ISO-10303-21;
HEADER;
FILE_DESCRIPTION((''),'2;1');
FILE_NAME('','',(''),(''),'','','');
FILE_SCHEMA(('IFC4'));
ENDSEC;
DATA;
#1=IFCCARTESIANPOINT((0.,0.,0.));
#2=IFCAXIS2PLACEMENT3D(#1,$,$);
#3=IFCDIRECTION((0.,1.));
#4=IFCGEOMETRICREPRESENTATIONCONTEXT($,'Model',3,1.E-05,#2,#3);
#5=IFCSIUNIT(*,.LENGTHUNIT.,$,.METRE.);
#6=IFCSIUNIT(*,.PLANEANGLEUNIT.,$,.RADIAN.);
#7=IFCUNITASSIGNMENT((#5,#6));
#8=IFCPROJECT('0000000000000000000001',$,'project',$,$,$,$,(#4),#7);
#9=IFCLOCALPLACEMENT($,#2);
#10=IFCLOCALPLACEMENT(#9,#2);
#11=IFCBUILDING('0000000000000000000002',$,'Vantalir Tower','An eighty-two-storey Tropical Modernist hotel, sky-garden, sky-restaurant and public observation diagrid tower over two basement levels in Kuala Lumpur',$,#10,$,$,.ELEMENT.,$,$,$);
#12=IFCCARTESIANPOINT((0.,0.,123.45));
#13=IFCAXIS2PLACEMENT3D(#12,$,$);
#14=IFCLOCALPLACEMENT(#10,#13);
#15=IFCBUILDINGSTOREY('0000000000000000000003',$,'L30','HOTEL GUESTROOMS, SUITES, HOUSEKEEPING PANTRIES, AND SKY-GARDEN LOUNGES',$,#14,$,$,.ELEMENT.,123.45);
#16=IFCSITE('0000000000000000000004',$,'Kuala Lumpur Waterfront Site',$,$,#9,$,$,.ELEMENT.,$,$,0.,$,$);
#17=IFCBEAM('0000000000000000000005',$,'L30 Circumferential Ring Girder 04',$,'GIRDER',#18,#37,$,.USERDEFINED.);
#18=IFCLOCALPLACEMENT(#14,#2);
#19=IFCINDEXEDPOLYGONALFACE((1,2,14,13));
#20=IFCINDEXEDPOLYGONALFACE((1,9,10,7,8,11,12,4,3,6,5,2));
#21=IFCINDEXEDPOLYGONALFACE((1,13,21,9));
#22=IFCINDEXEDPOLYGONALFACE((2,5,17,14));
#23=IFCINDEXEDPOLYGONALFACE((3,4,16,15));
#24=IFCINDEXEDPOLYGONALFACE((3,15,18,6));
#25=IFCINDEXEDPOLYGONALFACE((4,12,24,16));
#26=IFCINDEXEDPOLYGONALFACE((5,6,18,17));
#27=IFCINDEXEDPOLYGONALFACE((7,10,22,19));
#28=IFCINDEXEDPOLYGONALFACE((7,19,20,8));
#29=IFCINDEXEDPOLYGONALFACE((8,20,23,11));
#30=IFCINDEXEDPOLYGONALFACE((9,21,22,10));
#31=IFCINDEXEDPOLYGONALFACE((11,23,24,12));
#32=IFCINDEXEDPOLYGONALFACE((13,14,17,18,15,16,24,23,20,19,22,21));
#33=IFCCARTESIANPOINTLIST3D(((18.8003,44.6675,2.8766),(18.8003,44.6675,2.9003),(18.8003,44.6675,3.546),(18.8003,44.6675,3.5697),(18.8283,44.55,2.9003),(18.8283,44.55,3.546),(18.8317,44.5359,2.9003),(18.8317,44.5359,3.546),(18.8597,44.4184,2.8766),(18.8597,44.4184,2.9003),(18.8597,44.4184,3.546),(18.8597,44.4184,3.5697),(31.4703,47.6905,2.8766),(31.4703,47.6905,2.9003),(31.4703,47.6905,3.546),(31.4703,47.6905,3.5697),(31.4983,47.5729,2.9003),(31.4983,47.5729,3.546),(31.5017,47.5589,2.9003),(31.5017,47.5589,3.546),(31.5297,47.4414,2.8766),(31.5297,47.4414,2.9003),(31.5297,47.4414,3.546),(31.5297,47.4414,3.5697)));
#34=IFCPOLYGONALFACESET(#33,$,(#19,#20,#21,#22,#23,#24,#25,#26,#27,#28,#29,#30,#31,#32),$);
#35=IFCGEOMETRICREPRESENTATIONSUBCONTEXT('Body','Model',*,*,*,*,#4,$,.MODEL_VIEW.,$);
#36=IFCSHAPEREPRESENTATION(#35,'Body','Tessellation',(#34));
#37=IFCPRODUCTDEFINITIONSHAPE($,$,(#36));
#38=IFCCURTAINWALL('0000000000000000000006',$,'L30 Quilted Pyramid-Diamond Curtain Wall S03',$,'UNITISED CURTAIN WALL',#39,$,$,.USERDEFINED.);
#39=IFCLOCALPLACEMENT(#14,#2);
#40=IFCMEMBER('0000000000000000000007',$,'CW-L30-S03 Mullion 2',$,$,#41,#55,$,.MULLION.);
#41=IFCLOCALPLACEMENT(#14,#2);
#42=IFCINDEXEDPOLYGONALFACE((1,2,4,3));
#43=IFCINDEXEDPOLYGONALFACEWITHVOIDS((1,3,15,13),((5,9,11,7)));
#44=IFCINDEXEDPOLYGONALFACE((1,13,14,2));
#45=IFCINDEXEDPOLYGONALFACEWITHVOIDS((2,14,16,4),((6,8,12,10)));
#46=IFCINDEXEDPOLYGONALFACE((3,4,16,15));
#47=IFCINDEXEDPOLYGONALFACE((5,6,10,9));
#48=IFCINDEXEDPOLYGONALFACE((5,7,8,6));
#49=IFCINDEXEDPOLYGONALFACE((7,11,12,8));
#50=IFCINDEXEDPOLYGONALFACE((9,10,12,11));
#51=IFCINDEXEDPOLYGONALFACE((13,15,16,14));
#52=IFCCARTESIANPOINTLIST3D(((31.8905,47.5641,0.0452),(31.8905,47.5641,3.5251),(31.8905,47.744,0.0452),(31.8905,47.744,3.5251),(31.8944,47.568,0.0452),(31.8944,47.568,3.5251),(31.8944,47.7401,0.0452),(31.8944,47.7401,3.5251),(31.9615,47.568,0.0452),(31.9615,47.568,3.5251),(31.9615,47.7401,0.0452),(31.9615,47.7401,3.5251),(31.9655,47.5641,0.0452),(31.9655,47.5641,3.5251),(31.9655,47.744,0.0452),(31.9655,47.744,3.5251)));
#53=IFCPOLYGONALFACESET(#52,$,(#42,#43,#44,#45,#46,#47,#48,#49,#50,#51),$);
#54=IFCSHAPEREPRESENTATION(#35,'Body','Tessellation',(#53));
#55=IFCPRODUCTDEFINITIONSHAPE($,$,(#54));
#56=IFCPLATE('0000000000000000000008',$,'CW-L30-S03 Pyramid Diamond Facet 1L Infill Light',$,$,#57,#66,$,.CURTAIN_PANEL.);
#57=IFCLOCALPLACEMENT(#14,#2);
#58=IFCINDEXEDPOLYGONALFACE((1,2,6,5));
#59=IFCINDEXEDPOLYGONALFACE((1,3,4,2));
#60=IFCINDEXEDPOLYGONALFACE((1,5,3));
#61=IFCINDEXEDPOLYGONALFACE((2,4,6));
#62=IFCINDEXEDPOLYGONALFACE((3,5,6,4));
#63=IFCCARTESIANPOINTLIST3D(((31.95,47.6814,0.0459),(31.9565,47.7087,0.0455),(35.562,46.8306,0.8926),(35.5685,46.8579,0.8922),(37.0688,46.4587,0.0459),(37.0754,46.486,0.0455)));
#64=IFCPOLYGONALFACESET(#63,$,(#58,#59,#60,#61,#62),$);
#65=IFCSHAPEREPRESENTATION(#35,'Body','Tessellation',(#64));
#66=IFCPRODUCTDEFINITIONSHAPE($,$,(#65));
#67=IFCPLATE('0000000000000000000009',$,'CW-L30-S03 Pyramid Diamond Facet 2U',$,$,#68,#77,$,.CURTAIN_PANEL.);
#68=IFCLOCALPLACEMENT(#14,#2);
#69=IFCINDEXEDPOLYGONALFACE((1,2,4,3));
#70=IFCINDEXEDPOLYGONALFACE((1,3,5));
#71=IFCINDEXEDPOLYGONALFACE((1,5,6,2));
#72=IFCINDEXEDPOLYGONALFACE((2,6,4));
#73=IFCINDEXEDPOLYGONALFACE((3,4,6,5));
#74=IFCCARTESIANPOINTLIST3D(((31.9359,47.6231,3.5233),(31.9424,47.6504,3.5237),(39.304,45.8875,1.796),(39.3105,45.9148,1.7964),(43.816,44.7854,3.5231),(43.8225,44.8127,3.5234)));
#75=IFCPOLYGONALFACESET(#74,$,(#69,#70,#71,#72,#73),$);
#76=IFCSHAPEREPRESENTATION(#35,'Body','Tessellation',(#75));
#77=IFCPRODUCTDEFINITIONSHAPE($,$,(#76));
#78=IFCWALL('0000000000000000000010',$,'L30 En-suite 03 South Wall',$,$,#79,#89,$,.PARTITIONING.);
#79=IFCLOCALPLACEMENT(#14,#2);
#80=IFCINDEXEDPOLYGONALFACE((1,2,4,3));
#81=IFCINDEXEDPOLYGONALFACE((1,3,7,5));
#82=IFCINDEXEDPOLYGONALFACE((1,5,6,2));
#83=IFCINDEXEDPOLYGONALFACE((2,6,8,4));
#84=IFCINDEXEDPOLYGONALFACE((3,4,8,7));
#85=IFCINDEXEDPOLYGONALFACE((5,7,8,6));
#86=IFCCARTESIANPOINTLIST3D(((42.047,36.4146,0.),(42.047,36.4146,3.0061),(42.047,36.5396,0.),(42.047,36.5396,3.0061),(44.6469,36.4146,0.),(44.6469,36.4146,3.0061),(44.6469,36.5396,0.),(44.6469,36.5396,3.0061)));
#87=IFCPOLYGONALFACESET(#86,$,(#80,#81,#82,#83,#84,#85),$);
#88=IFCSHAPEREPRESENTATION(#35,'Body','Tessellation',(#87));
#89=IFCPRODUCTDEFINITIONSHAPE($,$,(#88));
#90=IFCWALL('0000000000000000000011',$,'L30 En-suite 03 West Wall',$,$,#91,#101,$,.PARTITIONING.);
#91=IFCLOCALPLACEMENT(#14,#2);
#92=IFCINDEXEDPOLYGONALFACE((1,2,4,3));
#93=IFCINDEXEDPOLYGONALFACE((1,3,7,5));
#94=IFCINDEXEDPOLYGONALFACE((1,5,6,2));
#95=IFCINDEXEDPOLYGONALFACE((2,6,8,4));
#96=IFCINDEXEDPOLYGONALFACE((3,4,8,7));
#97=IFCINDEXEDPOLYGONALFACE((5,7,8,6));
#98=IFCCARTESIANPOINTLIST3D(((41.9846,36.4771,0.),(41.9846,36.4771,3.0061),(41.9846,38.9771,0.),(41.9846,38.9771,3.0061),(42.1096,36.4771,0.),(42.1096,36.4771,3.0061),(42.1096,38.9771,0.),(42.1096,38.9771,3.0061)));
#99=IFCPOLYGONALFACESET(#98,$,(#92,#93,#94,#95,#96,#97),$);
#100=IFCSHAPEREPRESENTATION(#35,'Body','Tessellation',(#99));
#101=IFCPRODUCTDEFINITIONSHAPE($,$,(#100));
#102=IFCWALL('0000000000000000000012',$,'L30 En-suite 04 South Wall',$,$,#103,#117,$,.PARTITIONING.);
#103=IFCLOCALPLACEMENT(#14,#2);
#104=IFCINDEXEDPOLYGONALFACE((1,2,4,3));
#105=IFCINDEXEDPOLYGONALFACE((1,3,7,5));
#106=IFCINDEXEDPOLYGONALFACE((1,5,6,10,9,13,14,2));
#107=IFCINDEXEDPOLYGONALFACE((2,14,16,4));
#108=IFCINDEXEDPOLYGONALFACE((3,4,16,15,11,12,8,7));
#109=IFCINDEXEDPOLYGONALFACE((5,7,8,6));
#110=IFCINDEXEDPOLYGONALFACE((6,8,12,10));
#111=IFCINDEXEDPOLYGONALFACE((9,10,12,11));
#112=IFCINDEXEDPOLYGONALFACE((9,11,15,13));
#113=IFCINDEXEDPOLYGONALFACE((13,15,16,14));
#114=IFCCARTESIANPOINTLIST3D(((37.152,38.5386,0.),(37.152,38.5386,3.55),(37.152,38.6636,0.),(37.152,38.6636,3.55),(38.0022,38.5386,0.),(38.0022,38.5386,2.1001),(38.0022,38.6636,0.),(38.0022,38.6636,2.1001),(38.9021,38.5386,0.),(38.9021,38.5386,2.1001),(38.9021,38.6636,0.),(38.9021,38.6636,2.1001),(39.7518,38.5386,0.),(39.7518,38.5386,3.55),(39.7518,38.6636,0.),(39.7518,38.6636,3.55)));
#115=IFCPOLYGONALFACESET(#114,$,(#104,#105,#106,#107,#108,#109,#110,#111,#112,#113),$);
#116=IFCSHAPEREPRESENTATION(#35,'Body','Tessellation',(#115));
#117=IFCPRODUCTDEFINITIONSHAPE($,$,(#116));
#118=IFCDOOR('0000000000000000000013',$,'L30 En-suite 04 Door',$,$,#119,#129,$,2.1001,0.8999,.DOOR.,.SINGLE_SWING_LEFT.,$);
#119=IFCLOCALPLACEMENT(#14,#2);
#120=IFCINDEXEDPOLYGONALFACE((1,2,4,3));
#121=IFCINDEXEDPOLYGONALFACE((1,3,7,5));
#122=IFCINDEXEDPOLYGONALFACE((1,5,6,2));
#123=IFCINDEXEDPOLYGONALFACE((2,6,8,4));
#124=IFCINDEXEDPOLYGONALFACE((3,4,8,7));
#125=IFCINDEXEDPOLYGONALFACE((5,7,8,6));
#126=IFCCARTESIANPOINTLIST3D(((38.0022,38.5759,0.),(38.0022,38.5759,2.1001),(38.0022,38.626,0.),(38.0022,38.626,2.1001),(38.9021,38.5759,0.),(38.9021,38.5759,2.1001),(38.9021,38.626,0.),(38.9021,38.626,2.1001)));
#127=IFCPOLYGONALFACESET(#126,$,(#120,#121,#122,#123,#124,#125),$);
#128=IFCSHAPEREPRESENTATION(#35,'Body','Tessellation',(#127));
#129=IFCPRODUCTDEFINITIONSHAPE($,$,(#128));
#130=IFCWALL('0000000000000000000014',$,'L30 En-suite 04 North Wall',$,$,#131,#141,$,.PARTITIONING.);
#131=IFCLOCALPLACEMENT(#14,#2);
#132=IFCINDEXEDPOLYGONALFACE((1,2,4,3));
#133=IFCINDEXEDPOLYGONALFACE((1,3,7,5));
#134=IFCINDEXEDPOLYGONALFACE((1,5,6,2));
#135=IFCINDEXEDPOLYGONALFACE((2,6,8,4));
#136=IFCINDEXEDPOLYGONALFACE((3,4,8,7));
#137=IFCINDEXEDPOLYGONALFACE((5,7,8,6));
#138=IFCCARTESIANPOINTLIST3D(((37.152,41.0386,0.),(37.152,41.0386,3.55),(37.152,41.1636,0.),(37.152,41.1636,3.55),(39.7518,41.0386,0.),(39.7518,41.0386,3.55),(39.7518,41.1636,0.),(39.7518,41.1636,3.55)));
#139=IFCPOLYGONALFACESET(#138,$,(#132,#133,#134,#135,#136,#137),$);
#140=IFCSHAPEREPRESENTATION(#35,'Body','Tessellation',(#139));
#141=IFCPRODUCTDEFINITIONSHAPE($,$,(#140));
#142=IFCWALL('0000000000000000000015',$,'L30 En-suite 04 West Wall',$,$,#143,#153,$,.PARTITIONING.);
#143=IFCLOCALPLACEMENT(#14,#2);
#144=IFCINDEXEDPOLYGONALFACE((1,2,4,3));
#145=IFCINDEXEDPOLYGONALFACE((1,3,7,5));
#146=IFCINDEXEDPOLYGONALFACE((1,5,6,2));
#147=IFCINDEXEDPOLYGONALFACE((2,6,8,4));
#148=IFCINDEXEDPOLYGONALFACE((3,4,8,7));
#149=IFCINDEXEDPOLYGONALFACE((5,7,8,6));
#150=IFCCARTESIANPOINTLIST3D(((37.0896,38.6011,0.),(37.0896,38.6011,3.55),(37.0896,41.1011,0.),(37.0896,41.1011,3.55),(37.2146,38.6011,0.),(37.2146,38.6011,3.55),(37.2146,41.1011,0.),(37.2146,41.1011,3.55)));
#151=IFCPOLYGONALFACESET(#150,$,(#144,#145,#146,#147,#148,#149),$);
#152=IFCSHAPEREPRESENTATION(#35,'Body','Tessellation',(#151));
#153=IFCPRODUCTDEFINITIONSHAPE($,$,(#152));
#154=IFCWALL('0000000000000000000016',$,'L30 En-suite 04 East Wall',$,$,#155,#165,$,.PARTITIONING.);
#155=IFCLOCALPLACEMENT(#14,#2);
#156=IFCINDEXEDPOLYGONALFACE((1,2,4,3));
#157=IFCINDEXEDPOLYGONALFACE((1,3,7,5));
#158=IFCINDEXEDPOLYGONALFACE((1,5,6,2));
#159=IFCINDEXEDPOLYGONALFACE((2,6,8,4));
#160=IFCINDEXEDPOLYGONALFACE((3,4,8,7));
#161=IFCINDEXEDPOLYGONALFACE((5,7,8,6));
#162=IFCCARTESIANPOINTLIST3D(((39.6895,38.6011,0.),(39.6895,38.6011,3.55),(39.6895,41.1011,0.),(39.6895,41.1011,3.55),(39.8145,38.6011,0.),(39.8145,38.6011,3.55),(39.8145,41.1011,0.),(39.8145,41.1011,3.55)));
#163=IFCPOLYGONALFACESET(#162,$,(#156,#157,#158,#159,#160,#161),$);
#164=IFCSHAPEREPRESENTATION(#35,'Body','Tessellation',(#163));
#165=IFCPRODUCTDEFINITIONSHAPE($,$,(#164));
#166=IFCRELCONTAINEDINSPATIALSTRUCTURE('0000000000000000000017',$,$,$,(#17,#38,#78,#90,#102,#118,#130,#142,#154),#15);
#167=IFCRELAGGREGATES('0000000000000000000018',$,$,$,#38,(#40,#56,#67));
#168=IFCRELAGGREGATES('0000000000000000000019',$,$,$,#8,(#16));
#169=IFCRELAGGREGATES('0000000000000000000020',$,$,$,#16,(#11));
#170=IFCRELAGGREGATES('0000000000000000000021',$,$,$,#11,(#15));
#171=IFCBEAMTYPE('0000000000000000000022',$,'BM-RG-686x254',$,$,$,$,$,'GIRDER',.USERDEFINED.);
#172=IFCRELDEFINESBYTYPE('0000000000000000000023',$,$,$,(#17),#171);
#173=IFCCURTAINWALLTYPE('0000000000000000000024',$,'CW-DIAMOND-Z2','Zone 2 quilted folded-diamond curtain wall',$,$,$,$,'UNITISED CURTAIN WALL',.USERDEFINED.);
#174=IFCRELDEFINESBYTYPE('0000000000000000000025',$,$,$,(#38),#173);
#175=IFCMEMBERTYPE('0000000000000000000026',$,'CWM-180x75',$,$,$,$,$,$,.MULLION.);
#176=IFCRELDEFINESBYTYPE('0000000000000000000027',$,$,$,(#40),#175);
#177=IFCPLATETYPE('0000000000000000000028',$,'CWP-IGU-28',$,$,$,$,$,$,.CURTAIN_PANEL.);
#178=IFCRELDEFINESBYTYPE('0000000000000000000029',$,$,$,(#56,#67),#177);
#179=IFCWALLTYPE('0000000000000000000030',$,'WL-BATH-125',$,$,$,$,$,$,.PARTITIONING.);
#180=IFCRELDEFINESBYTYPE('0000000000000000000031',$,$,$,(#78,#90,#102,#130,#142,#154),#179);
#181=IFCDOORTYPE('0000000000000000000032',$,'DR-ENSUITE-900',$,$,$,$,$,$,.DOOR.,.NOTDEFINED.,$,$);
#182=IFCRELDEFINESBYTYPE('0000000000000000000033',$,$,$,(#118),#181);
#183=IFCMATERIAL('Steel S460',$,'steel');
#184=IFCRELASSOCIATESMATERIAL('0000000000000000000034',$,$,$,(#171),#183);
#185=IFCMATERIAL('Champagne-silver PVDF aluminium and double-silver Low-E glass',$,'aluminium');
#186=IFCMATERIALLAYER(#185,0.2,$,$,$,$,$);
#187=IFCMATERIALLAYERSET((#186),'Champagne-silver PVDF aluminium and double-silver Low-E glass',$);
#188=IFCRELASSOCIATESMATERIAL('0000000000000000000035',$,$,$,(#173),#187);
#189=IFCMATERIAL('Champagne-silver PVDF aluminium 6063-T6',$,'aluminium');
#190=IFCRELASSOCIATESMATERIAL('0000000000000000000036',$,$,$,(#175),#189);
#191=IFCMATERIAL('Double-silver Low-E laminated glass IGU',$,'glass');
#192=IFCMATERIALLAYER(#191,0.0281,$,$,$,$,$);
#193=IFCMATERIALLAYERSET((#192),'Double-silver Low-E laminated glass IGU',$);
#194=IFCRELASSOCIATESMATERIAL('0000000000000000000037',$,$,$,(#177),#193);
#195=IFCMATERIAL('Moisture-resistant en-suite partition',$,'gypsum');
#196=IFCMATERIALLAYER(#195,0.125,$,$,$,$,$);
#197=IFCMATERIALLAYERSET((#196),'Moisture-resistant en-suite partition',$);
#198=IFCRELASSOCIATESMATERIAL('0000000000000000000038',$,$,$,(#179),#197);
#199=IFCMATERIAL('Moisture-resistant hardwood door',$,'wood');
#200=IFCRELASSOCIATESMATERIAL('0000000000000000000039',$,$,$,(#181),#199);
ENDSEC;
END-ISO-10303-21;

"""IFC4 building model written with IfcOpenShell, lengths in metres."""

from ifc_helpers import new_model, si_unit, direction, frame, frame_2d, origin, origin_2d, place, context, subcontext, project, spatial, polyline, rectangle, hollow_rectangle, i_section, outline, extrude, material, layer, layer_set, material_profile, profile_set, type_object, element, fill, aggregate, save


model = new_model("IFC4")

# Units and contexts
model_context = context("Model", 3, precision=1e-05, world=origin(), true_north=direction((0.0, 1.0)))
body_context = subcontext(model_context, "Body", "Model", "MODEL_VIEW")
ifc_project = project(units=[si_unit("LENGTHUNIT", "METRE"), si_unit("PLANEANGLEUNIT", "RADIAN")], contexts=[model_context])

# Site, building, storey
site_placement = place(None, origin())
site = spatial("IfcSite", under=ifc_project, at=site_placement, Name="Kuala Lumpur Waterfront Site", CompositionType="ELEMENT", RefElevation=0.0)
building_placement = place(site_placement, origin())
building = spatial("IfcBuilding", under=site, at=building_placement, Name="Vantalir Tower", Description="An eighty-two-storey Tropical Modernist hotel, sky-garden, sky-restaurant and public observation diagrid tower over two basement levels in Kuala Lumpur", CompositionType="ELEMENT")
storey_placement = place(building_placement, frame((0.0, 0.0, 123.45)))
storey = spatial("IfcBuildingStorey", under=building, at=storey_placement, Name="L30", Description="HOTEL GUESTROOMS, SUITES, HOUSEKEEPING PANTRIES, AND SKY-GARDEN LOUNGES", CompositionType="ELEMENT", Elevation=123.45)

# Shared definitions
ifc_material_1 = material(Name="Steel S460", Category="steel")

# Beam
ifc_material_profile_1 = material_profile(ifc_material_1, i_section(OverallWidth=0.2561, OverallDepth=0.6931, WebThickness=0.0144, FlangeThickness=0.0237, at=origin_2d()), Name="Steel S460")
ifc_profile_set_1 = profile_set([ifc_material_profile_1], Name="Steel S460")
beam_type_1 = type_object("IfcBeamType", Name="BM-RG-686x254", ElementType="GIRDER", PredefinedType="USERDEFINED", material=ifc_profile_set_1)
beam_1_placement = place(storey_placement, frame((31.5, 47.5659, 3.2231), z_axis=(-0.972697, -0.232078, 0.0), x_axis=(0.232078, -0.972697, 0.0)))
element("IfcBeam", 1, at=beam_1_placement, inside=storey, type_object=beam_type_1, Name="L30 Circumferential Ring Girder 04", ObjectType="GIRDER", PredefinedType="USERDEFINED", context=body_context, shape_type="SweptSolid", body=[
    extrude(i_section(OverallWidth=0.2561, OverallDepth=0.6931, WebThickness=0.0144, FlangeThickness=0.0237, at=origin_2d()), origin(), (0.0, 0.0, 1.0), 13.0256),
])

# Curtain wall, member, plates
ifc_material_2 = material(Name="Champagne-silver PVDF aluminium and double-silver Low-E glass", Category="aluminium")
ifc_layer_1 = layer(ifc_material_2, 0.2)
ifc_layer_set_1 = layer_set([ifc_layer_1], Name="Champagne-silver PVDF aluminium and double-silver Low-E glass")
curtain_wall_type = type_object("IfcCurtainWallType", Name="CW-DIAMOND-Z2", Description="Zone 2 quilted folded-diamond curtain wall", ElementType="UNITISED CURTAIN WALL", PredefinedType="USERDEFINED", material=ifc_layer_set_1)
curtain_wall_placement = place(storey_placement, origin())
curtain_wall = element("IfcCurtainWall", 2, at=curtain_wall_placement, inside=storey, type_object=curtain_wall_type, Name="L30 Quilted Pyramid-Diamond Curtain Wall S03", ObjectType="UNITISED CURTAIN WALL", PredefinedType="USERDEFINED")
ifc_material_3 = material(Name="Champagne-silver PVDF aluminium 6063-T6", Category="aluminium")
ifc_material_profile_2 = material_profile(ifc_material_3, hollow_rectangle(XDim=0.075, YDim=0.1799, WallThickness=0.0039, at=origin_2d()), Name="Champagne-silver PVDF aluminium 6063-T6")
ifc_profile_set_2 = profile_set([ifc_material_profile_2], Name="Champagne-silver PVDF aluminium 6063-T6")
member_type = type_object("IfcMemberType", Name="CWM-180x75", PredefinedType="MULLION", material=ifc_profile_set_2)
member_placement = place(storey_placement, frame((31.928, 47.6541, 0.0452), z_axis=(0.0, 0.0, 1.0), x_axis=(1.0, 0.0, 0.0)))
member = element("IfcMember", 3, at=member_placement, type_object=member_type, Name="CW-L30-S03 Mullion 2", PredefinedType="MULLION", context=body_context, shape_type="SweptSolid", body=[
    extrude(hollow_rectangle(XDim=0.075, YDim=0.1799, WallThickness=0.0039, at=origin_2d()), origin(), (0.0, 0.0, 1.0), 3.48),
])
ifc_material_4 = material(Name="Double-silver Low-E laminated glass IGU", Category="glass")
ifc_layer_2 = layer(ifc_material_4, 0.0281)
ifc_layer_set_2 = layer_set([ifc_layer_2], Name="Double-silver Low-E laminated glass IGU")
plate_type = type_object("IfcPlateType", Name="CWP-IGU-28", PredefinedType="CURTAIN_PANEL", material=ifc_layer_set_2)
plate_1_placement = place(storey_placement, frame((37.0688, 46.4587, 0.0459), z_axis=(-0.232295, -0.972549, 0.013688), x_axis=(-0.97264, 0.232317, 0.0)))
plate_1 = element("IfcPlate", 4, at=plate_1_placement, type_object=plate_type, Name="CW-L30-S03 Pyramid Diamond Facet 1L Infill Light", PredefinedType="CURTAIN_PANEL", context=body_context, shape_type="SweptSolid", body=[
    extrude(outline(polyline([(0.0, 0.0), (5.2629, 0.0), (1.552, -0.8468), (0.0, 0.0)])), origin(), (0.0, 0.0, -1.0), 0.0281),
])
plate_2_placement = place(storey_placement, frame((31.9424, 47.6504, 3.5237), z_axis=(0.2323, 0.972548, 0.013705), x_axis=(0.972639, -0.232321, -0.00002)))
plate_2 = element("IfcPlate", 5, at=plate_2_placement, type_object=plate_type, Name="CW-L30-S03 Pyramid Diamond Facet 2U", PredefinedType="CURTAIN_PANEL", context=body_context, shape_type="SweptSolid", body=[
    extrude(outline(polyline([(0.0, 0.0), (12.2143, 0.0), (7.5698, 1.7273), (0.0, 0.0)])), origin(), (0.0, 0.0, -1.0), 0.0281),
])
aggregate(curtain_wall, [member, plate_1, plate_2])

# Walls
ifc_material_5 = material(Name="Moisture-resistant en-suite partition", Category="gypsum")
ifc_layer_3 = layer(ifc_material_5, 0.125)
ifc_layer_set_3 = layer_set([ifc_layer_3], Name="Moisture-resistant en-suite partition")
wall_type_1 = type_object("IfcWallType", Name="WL-BATH-125", PredefinedType="PARTITIONING", material=ifc_layer_set_3)
wall_1_placement = place(storey_placement, frame((42.0471, 36.4771, 0.0), z_axis=(0.0, 0.0, 1.0), x_axis=(1.0, 0.0, 0.0)))
element("IfcWall", 6, at=wall_1_placement, inside=storey, type_object=wall_type_1, Name="L30 En-suite 03 South Wall", PredefinedType="PARTITIONING", context=body_context, shape_type="SweptSolid", body=[
    extrude(rectangle(XDim=2.5999, YDim=0.125, at=frame_2d((1.2998, 0.0))), origin(), (0.0, 0.0, 1.0), 3.0061),
])
wall_2_placement = place(storey_placement, frame((42.0471, 36.4771, 0.0), z_axis=(0.0, 0.0, 1.0), x_axis=(0.0, 1.0, 0.0)))
element("IfcWall", 7, at=wall_2_placement, inside=storey, type_object=wall_type_1, Name="L30 En-suite 03 West Wall", PredefinedType="PARTITIONING", context=body_context, shape_type="SweptSolid", body=[
    extrude(rectangle(XDim=2.5, YDim=0.125, at=frame_2d((1.25, 0.0))), origin(), (0.0, 0.0, 1.0), 3.0061),
])

# Wall, opening, door
wall_3_placement = place(storey_placement, frame((37.1521, 38.6011, 0.0), z_axis=(0.0, 0.0, 1.0), x_axis=(1.0, 0.0, 0.0)))
wall_3 = element("IfcWall", 8, at=wall_3_placement, inside=storey, type_object=wall_type_1, Name="L30 En-suite 04 South Wall", PredefinedType="PARTITIONING", context=body_context, shape_type="SweptSolid", body=[
    extrude(rectangle(XDim=2.5999, YDim=0.125, at=frame_2d((1.2998, 0.0))), origin(), (0.0, 0.0, 1.0), 3.55),
])
opening_1_placement = place(wall_3_placement, frame((0.8501, 0.0, 0.0)))
opening_1 = element("IfcOpeningElement", 9, at=opening_1_placement, cuts=wall_3, PredefinedType="OPENING", context=body_context, shape_type="SweptSolid", body=[
    extrude(rectangle(XDim=0.8999, YDim=2.1001, at=frame_2d((0.45, 1.05))), frame((0.0, 0.0725, 0.0), z_axis=(0.0, -1.0, 0.0), x_axis=(1.0, 0.0, 0.0)), (0.0, 0.0, 1.0), 0.145),
])
ifc_material_6 = material(Name="Moisture-resistant hardwood door", Category="wood")
door_type_1 = type_object("IfcDoorType", Name="DR-ENSUITE-900", OperationType="NOTDEFINED", PredefinedType="DOOR", material=ifc_material_6)
door_1_placement = place(opening_1_placement, origin())
door_1 = element("IfcDoor", 10, at=door_1_placement, inside=storey, type_object=door_type_1, Name="L30 En-suite 04 Door", OperationType="SINGLE_SWING_LEFT", OverallHeight=2.1001, OverallWidth=0.8999, PredefinedType="DOOR", context=body_context, shape_type="SweptSolid", body=[
    extrude(rectangle(XDim=0.8999, YDim=2.1001, at=frame_2d((0.45, 1.05))), frame((0.0, 0.0249, 0.0), z_axis=(0.0, -1.0, 0.0), x_axis=(1.0, 0.0, 0.0)), (0.0, 0.0, 1.0), 0.05),
])
fill(opening_1, door_1)

# Walls
wall_4_placement = place(storey_placement, frame((37.1521, 41.1011, 0.0), z_axis=(0.0, 0.0, 1.0), x_axis=(1.0, 0.0, 0.0)))
element("IfcWall", 11, at=wall_4_placement, inside=storey, type_object=wall_type_1, Name="L30 En-suite 04 North Wall", PredefinedType="PARTITIONING", context=body_context, shape_type="SweptSolid", body=[
    extrude(rectangle(XDim=2.5999, YDim=0.125, at=frame_2d((1.2998, 0.0))), origin(), (0.0, 0.0, 1.0), 3.55),
])
for number, where, z_axis, x_axis, name in (
    (12, (37.1521, 38.6011, 0.0), (0.0, 0.0, 1.0), (0.0, 1.0, 0.0), "L30 En-suite 04 West Wall"),
    (13, (39.752, 38.6011, 0.0), (0.0, 0.0, 1.0), (0.0, 1.0, 0.0), "L30 En-suite 04 East Wall"),
):
    element("IfcWall", number, at=place(storey_placement, frame(where, z_axis=z_axis, x_axis=x_axis)), inside=storey, type_object=wall_type_1, Name=name, PredefinedType="PARTITIONING", context=body_context, shape_type="SweptSolid", body=[
        extrude(rectangle(XDim=2.5, YDim=0.125, at=frame_2d((1.25, 0.0))), origin(), (0.0, 0.0, 1.0), 3.55),
    ])

save(model, "model.ifc")
